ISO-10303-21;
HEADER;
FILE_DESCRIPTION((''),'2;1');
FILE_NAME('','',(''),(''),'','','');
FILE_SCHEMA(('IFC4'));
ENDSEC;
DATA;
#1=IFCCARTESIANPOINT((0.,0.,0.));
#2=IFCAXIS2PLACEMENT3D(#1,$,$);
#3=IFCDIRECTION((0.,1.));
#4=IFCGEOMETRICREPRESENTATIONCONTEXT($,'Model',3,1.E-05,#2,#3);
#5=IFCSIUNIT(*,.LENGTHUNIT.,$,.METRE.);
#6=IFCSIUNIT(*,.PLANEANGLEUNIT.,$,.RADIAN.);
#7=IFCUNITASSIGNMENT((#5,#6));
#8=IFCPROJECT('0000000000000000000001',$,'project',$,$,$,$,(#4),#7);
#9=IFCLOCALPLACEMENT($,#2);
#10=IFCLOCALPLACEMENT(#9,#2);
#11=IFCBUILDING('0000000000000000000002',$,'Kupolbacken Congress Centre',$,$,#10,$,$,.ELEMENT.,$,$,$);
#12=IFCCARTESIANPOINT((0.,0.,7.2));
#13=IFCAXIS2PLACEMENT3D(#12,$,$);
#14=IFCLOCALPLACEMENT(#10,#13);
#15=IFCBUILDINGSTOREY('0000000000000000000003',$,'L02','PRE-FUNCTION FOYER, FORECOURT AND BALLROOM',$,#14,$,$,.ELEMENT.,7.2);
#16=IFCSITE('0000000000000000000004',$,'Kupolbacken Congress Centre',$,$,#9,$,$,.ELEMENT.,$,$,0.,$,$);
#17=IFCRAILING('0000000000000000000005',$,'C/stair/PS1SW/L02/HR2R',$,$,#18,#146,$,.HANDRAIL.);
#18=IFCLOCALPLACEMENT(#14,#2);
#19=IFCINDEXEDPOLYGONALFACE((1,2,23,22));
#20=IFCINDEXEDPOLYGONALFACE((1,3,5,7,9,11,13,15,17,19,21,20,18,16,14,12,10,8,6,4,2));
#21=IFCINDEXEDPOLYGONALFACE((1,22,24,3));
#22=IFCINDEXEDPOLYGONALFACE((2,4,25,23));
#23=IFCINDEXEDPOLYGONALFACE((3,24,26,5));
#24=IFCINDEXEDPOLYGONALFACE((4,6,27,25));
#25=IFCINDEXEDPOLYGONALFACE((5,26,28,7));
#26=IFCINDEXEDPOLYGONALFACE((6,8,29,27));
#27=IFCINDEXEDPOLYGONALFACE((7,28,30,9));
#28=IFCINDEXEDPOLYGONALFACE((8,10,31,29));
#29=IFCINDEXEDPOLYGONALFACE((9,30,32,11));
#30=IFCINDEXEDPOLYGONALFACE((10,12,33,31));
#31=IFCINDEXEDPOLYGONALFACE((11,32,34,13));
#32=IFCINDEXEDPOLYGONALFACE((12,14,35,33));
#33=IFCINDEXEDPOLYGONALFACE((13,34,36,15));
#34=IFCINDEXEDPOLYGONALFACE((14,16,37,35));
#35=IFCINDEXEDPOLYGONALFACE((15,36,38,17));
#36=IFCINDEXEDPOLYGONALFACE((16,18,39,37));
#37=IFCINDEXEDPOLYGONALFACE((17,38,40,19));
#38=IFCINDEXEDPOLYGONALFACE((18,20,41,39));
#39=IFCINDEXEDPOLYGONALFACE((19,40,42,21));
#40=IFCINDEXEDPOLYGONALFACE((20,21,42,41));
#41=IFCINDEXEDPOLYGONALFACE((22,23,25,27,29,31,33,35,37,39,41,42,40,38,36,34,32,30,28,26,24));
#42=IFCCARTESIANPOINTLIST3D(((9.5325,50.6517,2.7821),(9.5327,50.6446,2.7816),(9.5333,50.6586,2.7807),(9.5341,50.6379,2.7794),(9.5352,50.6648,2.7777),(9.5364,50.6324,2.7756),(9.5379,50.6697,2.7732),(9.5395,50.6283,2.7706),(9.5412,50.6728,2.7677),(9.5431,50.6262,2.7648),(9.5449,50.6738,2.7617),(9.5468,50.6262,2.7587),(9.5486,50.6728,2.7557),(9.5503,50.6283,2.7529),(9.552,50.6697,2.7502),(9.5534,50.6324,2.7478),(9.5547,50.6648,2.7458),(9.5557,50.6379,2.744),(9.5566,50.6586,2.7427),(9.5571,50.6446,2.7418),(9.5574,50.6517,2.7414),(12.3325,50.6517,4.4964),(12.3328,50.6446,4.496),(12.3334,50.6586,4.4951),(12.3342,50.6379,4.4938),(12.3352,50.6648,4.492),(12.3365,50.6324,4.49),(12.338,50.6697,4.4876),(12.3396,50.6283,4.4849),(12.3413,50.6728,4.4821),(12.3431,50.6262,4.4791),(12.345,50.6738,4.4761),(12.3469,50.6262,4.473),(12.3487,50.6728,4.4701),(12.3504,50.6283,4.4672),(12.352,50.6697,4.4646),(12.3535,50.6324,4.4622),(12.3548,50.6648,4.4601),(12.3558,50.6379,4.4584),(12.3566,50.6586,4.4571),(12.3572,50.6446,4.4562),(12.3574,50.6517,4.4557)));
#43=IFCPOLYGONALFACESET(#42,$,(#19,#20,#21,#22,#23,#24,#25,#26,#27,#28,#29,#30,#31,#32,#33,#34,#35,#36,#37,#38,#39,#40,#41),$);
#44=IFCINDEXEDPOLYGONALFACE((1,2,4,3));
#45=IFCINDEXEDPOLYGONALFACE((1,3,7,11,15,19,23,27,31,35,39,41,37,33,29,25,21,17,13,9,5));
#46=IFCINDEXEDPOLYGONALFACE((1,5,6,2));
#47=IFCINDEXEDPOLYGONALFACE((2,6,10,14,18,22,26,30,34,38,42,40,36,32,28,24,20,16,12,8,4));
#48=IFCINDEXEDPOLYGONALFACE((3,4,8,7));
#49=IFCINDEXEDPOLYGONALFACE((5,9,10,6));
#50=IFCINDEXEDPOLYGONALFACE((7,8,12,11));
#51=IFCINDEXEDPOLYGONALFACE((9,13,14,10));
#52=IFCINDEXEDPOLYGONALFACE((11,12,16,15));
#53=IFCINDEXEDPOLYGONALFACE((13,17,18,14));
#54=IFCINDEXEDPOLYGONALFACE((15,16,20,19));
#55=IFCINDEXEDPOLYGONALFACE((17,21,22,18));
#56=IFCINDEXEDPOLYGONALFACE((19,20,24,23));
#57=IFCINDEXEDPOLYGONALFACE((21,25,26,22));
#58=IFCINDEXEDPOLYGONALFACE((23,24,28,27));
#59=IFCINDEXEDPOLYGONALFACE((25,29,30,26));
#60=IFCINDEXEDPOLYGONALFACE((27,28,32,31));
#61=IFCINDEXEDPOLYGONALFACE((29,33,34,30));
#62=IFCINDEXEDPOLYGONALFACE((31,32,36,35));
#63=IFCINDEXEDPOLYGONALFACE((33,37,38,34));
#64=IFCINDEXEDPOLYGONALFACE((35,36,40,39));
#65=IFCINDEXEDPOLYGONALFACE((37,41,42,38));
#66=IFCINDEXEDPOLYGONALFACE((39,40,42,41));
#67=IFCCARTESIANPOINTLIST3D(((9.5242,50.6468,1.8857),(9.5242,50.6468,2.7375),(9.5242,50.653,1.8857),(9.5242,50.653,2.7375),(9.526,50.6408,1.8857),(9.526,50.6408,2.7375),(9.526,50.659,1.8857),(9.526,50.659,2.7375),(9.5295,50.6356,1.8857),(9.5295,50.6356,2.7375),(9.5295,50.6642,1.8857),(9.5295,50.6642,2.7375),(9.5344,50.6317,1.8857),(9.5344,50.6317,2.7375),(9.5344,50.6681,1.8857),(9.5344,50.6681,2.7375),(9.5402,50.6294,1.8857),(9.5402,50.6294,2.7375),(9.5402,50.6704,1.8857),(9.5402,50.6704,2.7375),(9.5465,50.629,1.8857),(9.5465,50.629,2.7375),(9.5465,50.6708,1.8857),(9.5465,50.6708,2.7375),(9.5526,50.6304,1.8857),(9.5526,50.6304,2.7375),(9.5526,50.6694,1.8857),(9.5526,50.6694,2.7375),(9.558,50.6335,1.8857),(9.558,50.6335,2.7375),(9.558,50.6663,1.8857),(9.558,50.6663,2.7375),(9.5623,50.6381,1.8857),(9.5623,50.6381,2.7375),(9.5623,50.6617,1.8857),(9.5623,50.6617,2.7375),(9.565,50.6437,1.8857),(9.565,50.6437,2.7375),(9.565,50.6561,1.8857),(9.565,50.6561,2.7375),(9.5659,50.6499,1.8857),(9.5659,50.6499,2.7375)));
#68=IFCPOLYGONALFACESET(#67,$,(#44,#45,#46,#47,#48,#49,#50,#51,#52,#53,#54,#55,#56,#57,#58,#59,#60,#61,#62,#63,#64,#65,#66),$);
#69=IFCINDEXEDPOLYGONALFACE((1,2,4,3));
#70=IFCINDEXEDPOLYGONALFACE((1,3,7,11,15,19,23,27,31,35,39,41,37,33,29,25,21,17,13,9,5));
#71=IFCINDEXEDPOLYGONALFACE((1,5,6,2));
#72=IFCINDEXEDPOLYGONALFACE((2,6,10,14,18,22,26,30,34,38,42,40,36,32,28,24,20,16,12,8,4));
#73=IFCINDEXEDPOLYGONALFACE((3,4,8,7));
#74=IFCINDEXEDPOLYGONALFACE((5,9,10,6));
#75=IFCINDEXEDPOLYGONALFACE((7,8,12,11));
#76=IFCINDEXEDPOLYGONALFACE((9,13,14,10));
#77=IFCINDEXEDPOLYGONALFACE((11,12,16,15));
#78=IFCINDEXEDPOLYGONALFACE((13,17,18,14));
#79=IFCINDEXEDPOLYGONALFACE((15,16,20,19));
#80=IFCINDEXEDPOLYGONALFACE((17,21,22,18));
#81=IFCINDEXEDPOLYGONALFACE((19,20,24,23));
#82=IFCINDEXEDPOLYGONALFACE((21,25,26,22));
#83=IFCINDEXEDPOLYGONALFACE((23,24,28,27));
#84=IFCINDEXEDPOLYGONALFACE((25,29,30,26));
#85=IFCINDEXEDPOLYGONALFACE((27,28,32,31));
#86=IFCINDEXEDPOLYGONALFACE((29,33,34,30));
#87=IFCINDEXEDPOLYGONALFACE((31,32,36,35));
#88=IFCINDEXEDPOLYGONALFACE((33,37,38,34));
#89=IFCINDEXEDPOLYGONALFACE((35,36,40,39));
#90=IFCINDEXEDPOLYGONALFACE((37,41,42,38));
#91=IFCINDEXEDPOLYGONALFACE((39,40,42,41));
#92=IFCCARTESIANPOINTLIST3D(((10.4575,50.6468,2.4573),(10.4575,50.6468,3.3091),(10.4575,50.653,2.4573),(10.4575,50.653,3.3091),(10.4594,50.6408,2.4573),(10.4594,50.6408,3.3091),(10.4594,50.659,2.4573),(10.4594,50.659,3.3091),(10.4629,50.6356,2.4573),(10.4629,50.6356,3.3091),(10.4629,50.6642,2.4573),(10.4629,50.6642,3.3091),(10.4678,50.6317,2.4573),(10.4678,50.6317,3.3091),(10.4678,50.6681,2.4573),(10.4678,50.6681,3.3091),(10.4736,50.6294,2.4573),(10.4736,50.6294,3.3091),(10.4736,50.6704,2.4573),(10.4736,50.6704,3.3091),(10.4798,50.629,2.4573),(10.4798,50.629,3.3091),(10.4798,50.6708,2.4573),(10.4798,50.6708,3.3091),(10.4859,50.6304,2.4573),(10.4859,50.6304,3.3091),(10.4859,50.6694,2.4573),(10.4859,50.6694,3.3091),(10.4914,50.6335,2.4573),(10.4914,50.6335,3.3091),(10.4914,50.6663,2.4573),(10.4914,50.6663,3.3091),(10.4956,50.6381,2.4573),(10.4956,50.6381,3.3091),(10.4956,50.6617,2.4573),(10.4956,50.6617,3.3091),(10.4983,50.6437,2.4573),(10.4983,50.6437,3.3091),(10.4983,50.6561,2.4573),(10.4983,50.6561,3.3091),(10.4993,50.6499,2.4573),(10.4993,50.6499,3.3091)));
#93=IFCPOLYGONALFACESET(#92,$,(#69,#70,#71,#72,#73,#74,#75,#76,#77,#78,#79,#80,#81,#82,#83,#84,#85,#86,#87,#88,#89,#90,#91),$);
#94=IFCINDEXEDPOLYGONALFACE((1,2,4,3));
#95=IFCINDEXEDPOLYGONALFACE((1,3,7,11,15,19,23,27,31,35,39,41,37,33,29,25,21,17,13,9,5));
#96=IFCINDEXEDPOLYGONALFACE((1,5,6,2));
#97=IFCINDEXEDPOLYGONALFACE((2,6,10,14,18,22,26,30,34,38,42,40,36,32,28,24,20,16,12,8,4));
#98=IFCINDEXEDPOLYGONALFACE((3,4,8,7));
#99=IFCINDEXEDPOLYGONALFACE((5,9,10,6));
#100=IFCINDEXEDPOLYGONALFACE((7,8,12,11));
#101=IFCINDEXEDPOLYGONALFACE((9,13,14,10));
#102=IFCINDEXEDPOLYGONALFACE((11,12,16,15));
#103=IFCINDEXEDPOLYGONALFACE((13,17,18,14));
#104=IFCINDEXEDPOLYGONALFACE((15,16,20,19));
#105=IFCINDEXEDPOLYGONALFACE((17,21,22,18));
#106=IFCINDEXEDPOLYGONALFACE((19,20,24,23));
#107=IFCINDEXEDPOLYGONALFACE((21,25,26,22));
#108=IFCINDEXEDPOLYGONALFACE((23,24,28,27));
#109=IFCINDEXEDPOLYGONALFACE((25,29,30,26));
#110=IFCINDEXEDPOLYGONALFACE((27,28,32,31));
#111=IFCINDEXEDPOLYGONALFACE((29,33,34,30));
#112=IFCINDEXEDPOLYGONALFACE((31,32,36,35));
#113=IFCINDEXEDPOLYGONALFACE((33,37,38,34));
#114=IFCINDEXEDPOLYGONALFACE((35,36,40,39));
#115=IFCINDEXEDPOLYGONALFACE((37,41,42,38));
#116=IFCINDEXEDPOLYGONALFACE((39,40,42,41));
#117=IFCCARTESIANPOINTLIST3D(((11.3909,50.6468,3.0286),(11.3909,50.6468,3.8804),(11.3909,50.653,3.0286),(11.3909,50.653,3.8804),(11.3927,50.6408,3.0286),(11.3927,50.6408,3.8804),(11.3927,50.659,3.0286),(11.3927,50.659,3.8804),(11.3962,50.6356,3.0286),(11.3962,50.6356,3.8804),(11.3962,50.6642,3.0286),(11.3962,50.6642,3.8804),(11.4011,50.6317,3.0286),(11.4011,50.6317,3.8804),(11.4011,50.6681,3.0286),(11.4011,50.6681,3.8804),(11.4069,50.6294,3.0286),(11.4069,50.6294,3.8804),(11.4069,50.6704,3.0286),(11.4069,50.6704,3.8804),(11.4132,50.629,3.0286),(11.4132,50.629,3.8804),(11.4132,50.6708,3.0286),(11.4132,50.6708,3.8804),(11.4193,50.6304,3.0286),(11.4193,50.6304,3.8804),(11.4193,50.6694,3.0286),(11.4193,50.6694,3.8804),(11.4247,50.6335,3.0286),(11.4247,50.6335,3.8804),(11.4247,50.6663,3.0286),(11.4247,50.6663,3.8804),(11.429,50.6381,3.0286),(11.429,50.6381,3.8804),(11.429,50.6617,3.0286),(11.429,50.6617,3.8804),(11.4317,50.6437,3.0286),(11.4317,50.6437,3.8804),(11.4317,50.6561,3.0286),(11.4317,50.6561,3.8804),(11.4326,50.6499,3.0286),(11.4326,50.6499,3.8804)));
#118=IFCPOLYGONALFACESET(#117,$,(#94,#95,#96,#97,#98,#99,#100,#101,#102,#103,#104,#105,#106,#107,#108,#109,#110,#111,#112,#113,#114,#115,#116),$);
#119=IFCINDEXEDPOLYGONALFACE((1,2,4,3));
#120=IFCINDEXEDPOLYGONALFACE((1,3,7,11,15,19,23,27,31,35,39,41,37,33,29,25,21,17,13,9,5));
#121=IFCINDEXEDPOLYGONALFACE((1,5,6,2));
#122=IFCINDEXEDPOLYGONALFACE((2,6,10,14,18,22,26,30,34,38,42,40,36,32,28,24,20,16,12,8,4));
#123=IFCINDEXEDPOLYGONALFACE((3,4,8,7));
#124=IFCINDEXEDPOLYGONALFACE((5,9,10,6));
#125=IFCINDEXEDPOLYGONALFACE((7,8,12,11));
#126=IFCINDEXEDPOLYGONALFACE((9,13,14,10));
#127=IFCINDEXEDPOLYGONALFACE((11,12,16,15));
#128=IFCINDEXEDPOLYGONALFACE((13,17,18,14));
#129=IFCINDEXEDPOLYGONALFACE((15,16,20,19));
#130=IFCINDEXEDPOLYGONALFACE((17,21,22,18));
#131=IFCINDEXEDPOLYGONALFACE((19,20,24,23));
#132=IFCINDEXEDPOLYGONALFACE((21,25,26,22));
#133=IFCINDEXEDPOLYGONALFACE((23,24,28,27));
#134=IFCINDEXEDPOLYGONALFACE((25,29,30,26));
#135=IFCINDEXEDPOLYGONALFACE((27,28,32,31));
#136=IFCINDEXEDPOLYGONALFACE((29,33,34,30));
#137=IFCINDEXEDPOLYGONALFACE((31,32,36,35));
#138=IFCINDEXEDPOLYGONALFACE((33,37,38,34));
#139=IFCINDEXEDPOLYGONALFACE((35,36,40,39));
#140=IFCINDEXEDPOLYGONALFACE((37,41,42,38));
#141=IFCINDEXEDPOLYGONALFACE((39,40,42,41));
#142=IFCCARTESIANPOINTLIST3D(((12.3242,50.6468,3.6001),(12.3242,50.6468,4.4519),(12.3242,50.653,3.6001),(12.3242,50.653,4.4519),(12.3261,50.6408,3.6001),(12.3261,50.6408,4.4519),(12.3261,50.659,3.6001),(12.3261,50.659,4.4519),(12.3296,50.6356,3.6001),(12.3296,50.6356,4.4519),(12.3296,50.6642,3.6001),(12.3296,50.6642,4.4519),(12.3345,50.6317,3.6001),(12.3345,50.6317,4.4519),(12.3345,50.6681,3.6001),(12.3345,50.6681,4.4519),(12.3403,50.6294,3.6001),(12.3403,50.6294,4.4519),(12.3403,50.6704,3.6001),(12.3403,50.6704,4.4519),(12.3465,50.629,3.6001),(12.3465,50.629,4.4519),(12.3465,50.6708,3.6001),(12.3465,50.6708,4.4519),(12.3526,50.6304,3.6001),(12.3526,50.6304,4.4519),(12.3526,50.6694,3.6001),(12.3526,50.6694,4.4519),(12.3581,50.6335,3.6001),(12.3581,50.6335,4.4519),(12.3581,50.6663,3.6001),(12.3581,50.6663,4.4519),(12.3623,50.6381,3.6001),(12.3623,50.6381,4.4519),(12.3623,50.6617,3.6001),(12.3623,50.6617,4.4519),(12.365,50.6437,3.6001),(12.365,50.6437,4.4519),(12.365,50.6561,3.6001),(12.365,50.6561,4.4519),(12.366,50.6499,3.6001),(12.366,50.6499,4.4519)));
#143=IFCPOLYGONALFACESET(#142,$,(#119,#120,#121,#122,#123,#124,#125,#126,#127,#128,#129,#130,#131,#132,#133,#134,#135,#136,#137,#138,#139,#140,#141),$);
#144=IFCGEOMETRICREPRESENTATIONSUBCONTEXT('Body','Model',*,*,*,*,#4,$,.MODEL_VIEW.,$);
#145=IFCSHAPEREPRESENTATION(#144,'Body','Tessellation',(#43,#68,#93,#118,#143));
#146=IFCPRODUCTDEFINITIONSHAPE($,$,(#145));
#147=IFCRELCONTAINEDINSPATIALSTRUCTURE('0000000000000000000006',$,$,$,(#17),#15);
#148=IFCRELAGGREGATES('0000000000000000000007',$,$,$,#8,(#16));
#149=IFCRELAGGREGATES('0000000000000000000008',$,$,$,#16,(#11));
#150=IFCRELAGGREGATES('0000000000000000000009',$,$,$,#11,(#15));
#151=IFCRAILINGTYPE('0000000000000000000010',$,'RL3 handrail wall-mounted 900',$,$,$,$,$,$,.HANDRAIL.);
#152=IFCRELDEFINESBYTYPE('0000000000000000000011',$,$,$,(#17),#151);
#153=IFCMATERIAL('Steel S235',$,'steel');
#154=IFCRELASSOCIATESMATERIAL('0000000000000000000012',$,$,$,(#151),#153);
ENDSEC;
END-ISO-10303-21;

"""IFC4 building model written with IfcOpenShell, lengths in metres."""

from ifc_helpers import new_model, si_unit, direction, frame, origin, origin_2d, place, context, subcontext, project, spatial, circle, extrude, material, type_object, element, save


model = new_model("IFC4")

# Units and contexts
model_context = context("Model", 3, precision=1e-05, world=origin(), true_north=direction((0.0, 1.0)))
body_context = subcontext(model_context, "Body", "Model", "MODEL_VIEW")
ifc_project = project(units=[si_unit("LENGTHUNIT", "METRE"), si_unit("PLANEANGLEUNIT", "RADIAN")], contexts=[model_context])

# Site, building, storey
site_placement = place(None, origin())
site = spatial("IfcSite", under=ifc_project, at=site_placement, Name="Kupolbacken Congress Centre", CompositionType="ELEMENT", RefElevation=0.0)
building_placement = place(site_placement, origin())
building = spatial("IfcBuilding", under=site, at=building_placement, Name="Kupolbacken Congress Centre", CompositionType="ELEMENT")
storey_placement = place(building_placement, frame((0.0, 0.0, 7.2)))
storey = spatial("IfcBuildingStorey", under=building, at=storey_placement, Name="L02", Description="PRE-FUNCTION FOYER, FORECOURT AND BALLROOM", CompositionType="ELEMENT", Elevation=7.2)

# Railing
ifc_material_1 = material(Name="Steel S235", Category="steel")
railing_type = type_object("IfcRailingType", Name="RL3 handrail wall-mounted 900", PredefinedType="HANDRAIL", material=ifc_material_1)
for number, where, name in (
    (1, (9.5449, 50.6499, 1.8857), "C/stair/PS1SW/L02/HR2R"),
):
    element("IfcRailing", number, at=place(storey_placement, frame(where)), inside=storey, type_object=railing_type, Name=name, PredefinedType="HANDRAIL", context=body_context, shape_type="SweptSolid", body=[
        extrude(circle(Radius=0.0239, at=origin_2d()), frame((0.0, 0.0, 0.876), z_axis=(0.852846, 0.0, 0.522163), x_axis=(0.0, 1.0, 0.0)), (0.0, 0.0, 1.0), 3.2832),
        extrude(circle(Radius=0.021, at=origin_2d()), origin(), (0.0, 0.0, 1.0), 0.8518),
        extrude(circle(Radius=0.021, at=origin_2d()), frame((0.9333, 0.0, 0.5715)), (0.0, 0.0, 1.0), 0.8518),
        extrude(circle(Radius=0.021, at=origin_2d()), frame((1.8667, 0.0, 1.1428)), (0.0, 0.0, 1.0), 0.8518),
        extrude(circle(Radius=0.021, at=origin_2d()), frame((2.8, 0.0, 1.7144)), (0.0, 0.0, 1.0), 0.8518),
    ])

save(model, "model.ifc")
